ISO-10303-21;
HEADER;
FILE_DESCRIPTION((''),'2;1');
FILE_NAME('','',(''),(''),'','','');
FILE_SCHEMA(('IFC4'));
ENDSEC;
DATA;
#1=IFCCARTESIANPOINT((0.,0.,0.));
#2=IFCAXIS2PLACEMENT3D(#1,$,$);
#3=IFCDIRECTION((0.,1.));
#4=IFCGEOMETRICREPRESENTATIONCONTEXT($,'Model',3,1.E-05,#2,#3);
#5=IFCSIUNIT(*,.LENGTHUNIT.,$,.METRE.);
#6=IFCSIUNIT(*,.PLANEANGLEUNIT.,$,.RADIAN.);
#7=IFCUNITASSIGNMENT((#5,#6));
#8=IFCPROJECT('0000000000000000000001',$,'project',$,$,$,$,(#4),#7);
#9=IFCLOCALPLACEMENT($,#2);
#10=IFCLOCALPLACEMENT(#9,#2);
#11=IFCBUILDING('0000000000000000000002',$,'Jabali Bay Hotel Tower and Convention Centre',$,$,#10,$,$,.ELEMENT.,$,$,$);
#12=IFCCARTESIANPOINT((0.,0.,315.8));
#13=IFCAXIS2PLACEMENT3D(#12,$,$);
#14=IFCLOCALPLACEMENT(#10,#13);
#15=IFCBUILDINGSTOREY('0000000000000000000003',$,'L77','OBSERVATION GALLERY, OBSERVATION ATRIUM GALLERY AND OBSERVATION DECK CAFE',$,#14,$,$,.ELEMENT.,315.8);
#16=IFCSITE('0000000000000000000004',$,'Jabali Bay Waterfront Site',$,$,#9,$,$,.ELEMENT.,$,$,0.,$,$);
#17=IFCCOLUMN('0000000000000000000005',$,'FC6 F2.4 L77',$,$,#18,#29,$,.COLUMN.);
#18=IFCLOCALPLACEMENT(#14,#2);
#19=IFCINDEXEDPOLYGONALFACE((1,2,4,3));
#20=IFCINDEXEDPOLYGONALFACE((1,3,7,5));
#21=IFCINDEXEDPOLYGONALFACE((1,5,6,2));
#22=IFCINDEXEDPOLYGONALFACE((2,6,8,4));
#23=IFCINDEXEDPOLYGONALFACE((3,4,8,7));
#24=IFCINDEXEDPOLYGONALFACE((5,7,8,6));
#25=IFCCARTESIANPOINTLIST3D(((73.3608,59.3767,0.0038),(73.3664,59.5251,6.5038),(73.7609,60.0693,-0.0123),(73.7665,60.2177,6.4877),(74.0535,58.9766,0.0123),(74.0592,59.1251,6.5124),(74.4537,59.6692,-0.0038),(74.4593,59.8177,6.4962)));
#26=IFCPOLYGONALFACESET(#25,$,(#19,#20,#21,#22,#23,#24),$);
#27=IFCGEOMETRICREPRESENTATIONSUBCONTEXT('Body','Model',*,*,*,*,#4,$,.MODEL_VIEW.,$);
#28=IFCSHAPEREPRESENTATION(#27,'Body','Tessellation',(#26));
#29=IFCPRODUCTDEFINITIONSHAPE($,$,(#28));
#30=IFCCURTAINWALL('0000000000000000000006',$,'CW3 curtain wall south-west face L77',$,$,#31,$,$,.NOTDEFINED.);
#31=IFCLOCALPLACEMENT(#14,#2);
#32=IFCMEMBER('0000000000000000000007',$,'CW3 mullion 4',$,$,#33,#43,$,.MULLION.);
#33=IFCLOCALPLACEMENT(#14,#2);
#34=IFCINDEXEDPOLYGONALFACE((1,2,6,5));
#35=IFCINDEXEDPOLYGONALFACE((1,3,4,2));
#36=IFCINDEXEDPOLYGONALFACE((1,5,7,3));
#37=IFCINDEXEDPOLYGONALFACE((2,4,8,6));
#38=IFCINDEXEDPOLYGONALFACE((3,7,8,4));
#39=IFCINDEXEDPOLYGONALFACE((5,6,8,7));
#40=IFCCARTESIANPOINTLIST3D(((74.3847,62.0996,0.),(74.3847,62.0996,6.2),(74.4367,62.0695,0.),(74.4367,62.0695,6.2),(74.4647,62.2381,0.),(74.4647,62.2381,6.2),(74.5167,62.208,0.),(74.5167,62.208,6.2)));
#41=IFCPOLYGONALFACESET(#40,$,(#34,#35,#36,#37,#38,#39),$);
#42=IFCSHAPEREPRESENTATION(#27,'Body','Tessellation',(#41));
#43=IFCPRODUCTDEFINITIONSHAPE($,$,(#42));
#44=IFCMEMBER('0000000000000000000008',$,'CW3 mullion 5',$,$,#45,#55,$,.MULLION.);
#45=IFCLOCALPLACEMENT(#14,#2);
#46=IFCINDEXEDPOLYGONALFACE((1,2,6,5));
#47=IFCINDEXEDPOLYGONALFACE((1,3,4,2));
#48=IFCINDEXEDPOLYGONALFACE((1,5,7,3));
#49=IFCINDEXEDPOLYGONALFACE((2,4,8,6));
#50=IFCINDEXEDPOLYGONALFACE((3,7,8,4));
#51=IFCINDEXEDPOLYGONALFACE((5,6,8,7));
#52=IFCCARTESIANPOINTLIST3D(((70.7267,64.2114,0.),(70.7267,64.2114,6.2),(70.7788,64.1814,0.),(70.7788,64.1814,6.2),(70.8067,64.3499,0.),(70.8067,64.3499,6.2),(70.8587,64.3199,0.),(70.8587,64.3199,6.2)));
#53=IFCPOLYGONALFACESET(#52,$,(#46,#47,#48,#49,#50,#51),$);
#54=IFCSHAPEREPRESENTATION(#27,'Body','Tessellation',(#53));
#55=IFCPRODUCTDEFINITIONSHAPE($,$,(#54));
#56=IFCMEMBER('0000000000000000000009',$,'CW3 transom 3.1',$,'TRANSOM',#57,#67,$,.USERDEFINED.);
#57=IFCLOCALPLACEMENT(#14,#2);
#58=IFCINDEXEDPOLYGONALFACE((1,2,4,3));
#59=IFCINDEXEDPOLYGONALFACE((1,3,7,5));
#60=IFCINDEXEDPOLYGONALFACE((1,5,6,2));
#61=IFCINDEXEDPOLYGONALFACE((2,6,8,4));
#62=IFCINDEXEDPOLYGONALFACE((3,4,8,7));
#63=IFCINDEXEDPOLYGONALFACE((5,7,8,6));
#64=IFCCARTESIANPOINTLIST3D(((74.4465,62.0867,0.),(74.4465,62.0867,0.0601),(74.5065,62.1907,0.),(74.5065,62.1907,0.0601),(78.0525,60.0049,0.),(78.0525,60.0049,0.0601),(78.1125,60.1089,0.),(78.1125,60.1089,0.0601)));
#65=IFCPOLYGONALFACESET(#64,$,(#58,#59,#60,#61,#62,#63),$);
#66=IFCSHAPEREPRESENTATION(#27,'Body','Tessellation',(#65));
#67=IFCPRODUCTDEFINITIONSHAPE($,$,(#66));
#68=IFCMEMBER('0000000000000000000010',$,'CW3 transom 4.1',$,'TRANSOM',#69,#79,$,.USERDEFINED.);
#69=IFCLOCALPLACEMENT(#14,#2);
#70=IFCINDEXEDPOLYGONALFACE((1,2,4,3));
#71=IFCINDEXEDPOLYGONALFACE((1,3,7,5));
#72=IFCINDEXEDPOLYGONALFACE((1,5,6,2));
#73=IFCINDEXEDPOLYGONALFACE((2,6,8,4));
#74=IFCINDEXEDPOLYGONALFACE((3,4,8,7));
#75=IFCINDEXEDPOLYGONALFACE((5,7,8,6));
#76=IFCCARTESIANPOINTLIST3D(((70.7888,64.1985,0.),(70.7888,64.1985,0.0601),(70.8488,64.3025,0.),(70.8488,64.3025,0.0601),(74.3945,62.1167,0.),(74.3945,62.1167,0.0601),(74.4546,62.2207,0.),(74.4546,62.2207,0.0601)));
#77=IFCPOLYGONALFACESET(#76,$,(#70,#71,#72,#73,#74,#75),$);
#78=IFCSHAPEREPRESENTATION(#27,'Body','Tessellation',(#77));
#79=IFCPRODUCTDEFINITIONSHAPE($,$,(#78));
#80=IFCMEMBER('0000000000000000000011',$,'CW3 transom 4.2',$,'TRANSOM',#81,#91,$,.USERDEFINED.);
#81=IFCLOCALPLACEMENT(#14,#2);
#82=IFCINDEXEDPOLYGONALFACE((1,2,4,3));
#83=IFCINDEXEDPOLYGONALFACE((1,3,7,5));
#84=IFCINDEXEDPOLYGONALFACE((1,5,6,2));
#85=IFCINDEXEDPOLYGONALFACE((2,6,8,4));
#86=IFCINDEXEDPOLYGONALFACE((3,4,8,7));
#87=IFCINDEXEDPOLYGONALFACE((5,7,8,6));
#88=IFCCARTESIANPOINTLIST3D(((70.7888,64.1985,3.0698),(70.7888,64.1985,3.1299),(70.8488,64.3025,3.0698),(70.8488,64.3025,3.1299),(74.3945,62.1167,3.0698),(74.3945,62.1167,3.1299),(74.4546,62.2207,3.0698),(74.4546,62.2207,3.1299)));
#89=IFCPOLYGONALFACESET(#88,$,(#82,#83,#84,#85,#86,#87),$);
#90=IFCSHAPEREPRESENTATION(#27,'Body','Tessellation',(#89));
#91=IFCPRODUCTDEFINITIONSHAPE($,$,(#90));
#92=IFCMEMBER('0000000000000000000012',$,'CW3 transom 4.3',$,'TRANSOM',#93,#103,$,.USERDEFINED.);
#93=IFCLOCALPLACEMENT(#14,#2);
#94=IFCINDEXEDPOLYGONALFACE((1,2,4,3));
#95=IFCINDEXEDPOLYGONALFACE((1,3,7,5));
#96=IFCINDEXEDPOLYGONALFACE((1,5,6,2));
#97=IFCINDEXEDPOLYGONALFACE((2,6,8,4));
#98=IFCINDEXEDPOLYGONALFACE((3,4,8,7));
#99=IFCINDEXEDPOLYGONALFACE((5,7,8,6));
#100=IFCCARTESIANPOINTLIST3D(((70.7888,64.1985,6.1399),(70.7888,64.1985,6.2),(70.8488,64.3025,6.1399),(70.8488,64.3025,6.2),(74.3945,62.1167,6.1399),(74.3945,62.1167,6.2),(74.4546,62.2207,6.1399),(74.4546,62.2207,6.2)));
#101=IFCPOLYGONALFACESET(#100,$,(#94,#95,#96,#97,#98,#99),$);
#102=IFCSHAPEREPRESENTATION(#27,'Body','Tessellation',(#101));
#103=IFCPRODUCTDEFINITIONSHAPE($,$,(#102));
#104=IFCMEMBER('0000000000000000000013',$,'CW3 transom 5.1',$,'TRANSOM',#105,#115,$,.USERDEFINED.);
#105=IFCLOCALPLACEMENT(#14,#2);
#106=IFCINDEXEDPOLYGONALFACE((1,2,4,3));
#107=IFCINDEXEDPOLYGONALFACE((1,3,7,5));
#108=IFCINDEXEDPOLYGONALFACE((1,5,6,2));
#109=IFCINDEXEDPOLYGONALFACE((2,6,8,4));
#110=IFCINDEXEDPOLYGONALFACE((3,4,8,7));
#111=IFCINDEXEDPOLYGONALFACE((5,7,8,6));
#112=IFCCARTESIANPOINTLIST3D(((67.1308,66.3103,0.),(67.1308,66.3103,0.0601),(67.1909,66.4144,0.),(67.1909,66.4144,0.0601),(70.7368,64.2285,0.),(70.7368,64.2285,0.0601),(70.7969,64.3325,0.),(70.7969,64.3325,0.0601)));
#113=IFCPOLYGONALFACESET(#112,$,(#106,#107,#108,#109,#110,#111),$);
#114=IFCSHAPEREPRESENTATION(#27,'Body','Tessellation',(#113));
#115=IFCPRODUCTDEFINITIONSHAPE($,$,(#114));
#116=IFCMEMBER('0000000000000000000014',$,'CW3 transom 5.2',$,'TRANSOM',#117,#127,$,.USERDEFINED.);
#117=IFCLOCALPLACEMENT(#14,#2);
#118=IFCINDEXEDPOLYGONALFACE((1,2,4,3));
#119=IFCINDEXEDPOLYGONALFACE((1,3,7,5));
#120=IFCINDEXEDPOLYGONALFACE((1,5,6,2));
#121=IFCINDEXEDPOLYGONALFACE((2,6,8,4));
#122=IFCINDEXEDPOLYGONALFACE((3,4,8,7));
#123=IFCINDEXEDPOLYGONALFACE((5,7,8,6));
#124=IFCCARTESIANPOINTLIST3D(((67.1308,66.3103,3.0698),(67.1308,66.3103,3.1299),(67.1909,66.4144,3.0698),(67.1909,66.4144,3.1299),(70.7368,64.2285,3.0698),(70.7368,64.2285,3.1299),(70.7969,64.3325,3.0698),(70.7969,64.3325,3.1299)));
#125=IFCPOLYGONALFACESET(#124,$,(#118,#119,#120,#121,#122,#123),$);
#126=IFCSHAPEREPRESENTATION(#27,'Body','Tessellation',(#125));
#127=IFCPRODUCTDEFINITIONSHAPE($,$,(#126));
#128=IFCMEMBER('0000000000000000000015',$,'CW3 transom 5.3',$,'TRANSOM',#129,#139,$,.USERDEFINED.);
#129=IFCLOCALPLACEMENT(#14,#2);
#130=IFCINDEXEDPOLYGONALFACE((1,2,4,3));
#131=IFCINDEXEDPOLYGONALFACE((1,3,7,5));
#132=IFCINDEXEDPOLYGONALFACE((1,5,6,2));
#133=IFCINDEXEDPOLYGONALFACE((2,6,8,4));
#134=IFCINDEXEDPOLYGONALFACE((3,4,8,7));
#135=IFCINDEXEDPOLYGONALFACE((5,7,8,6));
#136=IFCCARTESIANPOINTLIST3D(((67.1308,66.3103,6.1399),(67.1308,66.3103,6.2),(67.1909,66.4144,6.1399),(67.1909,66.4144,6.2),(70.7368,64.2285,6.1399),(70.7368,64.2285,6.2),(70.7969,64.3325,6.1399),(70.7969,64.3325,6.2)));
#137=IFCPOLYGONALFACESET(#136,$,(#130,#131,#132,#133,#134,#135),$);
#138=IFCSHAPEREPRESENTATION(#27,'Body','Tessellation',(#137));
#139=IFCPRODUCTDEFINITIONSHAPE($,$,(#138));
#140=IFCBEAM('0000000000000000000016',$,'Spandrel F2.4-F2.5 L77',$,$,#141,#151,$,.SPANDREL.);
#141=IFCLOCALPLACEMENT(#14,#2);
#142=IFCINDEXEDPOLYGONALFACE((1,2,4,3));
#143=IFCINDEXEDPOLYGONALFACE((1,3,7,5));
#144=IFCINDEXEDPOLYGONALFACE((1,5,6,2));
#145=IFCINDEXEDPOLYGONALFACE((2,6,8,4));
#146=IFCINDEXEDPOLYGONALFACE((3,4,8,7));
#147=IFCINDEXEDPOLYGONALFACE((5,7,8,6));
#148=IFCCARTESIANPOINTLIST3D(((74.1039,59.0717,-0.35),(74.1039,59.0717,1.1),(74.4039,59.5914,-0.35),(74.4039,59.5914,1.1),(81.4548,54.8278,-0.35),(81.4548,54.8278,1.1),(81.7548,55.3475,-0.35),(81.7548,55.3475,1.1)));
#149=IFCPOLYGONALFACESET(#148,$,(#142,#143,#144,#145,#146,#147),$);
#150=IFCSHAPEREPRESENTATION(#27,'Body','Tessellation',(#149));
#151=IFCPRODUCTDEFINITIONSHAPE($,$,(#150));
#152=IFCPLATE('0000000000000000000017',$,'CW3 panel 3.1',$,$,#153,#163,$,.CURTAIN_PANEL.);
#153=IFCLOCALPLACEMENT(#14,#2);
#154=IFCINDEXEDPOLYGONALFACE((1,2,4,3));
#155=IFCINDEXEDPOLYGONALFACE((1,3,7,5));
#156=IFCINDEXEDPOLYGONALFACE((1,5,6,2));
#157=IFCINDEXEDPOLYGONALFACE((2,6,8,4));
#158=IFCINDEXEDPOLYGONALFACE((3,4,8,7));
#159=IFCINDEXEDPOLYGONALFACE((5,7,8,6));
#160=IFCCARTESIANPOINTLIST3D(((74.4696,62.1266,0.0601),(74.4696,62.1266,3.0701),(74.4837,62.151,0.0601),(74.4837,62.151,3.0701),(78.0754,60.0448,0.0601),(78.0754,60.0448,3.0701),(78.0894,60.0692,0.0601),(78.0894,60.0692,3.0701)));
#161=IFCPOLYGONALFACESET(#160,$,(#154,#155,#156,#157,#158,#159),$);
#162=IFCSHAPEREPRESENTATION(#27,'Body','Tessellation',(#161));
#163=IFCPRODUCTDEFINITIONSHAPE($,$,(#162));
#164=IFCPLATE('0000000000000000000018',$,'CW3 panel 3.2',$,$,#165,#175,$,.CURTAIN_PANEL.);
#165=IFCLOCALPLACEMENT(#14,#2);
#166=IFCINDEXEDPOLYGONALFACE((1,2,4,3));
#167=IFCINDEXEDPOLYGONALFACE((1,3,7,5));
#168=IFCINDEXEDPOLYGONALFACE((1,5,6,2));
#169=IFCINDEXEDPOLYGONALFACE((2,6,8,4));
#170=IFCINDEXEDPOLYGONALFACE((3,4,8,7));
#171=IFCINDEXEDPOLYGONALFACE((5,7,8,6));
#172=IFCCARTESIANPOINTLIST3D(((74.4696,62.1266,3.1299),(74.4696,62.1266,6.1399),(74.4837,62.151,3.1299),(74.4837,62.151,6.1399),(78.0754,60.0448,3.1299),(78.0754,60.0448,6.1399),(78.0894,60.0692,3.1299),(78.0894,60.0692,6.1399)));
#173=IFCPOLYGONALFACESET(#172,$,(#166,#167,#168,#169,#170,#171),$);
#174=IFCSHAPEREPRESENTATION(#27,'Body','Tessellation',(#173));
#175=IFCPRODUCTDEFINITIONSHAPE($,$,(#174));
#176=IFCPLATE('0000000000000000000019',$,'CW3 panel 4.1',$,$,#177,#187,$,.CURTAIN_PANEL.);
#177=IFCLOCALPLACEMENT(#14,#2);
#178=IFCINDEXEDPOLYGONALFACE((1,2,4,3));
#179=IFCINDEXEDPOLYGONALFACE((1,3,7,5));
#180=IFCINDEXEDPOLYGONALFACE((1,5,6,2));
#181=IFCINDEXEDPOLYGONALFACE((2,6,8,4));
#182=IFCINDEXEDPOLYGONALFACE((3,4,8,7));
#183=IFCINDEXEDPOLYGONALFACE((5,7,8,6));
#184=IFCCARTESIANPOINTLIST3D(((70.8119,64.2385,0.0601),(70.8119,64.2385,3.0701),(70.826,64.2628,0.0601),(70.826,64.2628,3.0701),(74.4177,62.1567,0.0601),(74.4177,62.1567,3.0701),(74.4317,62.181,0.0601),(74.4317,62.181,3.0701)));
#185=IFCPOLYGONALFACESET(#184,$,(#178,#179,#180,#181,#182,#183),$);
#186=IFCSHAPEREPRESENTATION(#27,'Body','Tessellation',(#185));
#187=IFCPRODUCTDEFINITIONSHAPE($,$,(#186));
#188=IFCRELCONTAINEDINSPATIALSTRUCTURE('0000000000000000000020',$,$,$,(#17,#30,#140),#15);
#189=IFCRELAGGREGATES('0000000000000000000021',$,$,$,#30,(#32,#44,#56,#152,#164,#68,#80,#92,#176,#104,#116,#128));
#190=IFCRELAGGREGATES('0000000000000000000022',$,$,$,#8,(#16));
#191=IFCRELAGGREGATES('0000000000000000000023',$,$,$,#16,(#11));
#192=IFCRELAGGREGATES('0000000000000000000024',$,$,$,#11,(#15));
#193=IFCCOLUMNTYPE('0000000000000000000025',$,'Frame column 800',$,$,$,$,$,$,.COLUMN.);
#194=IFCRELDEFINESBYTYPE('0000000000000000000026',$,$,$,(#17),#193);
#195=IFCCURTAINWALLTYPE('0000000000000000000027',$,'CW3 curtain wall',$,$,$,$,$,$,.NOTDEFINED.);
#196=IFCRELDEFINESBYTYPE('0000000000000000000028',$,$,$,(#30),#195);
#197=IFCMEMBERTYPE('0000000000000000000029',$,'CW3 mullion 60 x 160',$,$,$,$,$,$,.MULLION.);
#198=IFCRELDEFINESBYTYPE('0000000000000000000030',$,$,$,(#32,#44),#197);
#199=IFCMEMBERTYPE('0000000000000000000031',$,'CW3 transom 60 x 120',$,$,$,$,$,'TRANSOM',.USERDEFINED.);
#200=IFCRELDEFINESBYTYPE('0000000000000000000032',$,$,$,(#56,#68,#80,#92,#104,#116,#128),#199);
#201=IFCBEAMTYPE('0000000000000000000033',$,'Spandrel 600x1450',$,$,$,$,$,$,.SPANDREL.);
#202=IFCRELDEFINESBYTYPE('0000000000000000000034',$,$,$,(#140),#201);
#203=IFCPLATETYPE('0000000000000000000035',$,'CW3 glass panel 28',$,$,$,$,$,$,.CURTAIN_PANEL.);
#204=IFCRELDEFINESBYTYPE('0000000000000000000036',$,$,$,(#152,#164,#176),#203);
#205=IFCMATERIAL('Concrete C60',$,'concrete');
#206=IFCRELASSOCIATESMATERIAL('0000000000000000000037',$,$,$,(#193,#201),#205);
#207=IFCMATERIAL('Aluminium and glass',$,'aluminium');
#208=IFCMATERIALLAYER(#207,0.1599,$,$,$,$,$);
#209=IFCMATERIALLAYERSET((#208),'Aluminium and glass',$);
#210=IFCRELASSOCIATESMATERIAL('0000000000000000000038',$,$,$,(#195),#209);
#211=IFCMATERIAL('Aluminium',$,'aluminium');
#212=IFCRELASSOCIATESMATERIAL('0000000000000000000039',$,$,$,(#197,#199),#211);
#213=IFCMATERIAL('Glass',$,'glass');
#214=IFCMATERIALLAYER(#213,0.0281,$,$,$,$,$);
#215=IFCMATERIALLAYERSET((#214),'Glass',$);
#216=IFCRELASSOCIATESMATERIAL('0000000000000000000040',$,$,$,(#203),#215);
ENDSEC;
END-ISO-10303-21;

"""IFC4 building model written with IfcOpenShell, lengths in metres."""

from ifc_helpers import new_model, si_unit, direction, frame, origin, origin_2d, place, context, subcontext, project, spatial, rectangle, extrude, material, layer, layer_set, material_profile, profile_set, type_object, element, aggregate, save


model = new_model("IFC4")

# Units and contexts
model_context = context("Model", 3, precision=1e-05, world=origin(), true_north=direction((0.0, 1.0)))
body_context = subcontext(model_context, "Body", "Model", "MODEL_VIEW")
ifc_project = project(units=[si_unit("LENGTHUNIT", "METRE"), si_unit("PLANEANGLEUNIT", "RADIAN")], contexts=[model_context])

# Site, building, storey
site_placement = place(None, origin())
site = spatial("IfcSite", under=ifc_project, at=site_placement, Name="Jabali Bay Waterfront Site", CompositionType="ELEMENT", RefElevation=0.0)
building_placement = place(site_placement, origin())
building = spatial("IfcBuilding", under=site, at=building_placement, Name="Jabali Bay Hotel Tower and Convention Centre", CompositionType="ELEMENT")
storey_placement = place(building_placement, frame((0.0, 0.0, 315.8)))
storey = spatial("IfcBuildingStorey", under=building, at=storey_placement, Name="L77", Description="OBSERVATION GALLERY, OBSERVATION ATRIUM GALLERY AND OBSERVATION DECK CAFE", CompositionType="ELEMENT", Elevation=315.8)

# Column
ifc_material_1 = material(Name="Concrete C60", Category="concrete")
ifc_material_profile_1 = material_profile(ifc_material_1, rectangle(XDim=0.8, YDim=0.8, at=origin_2d()), Name="Frame column 800")
ifc_profile_set_1 = profile_set([ifc_material_profile_1], Name="Concrete C60")
column_type = type_object("IfcColumnType", Name="Frame column 800", PredefinedType="COLUMN", material=ifc_profile_set_1)
column_placement = place(storey_placement, frame((73.9072, 59.5229, 0.0), z_axis=(0.000864, 0.022831, 0.999739), x_axis=(-0.500168, -0.865693, 0.020202)))
element("IfcColumn", 1, at=column_placement, inside=storey, type_object=column_type, Name="FC6 F2.4 L77", PredefinedType="COLUMN", context=body_context, shape_type="SweptSolid", body=[
    extrude(rectangle(XDim=0.8, YDim=0.8, at=origin_2d()), origin(), (0.0, 0.0, 1.0), 6.5017),
])

# Curtain wall, members
ifc_material_2 = material(Name="Aluminium and glass", Category="aluminium")
ifc_layer_1 = layer(ifc_material_2, 0.1599)
ifc_layer_set_1 = layer_set([ifc_layer_1], Name="Aluminium and glass")
curtain_wall_type = type_object("IfcCurtainWallType", Name="CW3 curtain wall", PredefinedType="NOTDEFINED", material=ifc_layer_set_1)
curtain_wall_placement = place(storey_placement, origin())
curtain_wall = element("IfcCurtainWall", 2, at=curtain_wall_placement, inside=storey, type_object=curtain_wall_type, Name="CW3 curtain wall south-west face L77", PredefinedType="NOTDEFINED")
ifc_material_3 = material(Name="Aluminium", Category="aluminium")
ifc_material_profile_2 = material_profile(ifc_material_3, rectangle(XDim=0.1599, YDim=0.0601, at=origin_2d()), Name="CW3 mullion 60 x 160")
ifc_profile_set_2 = profile_set([ifc_material_profile_2], Name="Aluminium")
member_type_1 = type_object("IfcMemberType", Name="CW3 mullion 60 x 160", PredefinedType="MULLION", material=ifc_profile_set_2)
member_1_placement = place(storey_placement, frame((74.4507, 62.1538, 0.0), z_axis=(0.0, 0.0, 1.0), x_axis=(-0.5, -0.866025, 0.0)))
member_1 = element("IfcMember", 3, at=member_1_placement, type_object=member_type_1, Name="CW3 mullion 4", PredefinedType="MULLION", context=body_context, shape_type="SweptSolid", body=[
    extrude(rectangle(XDim=0.1599, YDim=0.0601, at=origin_2d()), origin(), (0.0, 0.0, 1.0), 6.2),
])
member_2_placement = place(storey_placement, frame((70.7927, 64.2656, 0.0), z_axis=(0.0, 0.0, 1.0), x_axis=(-0.5, -0.866025, 0.0)))
member_2 = element("IfcMember", 4, at=member_2_placement, type_object=member_type_1, Name="CW3 mullion 5", PredefinedType="MULLION", context=body_context, shape_type="SweptSolid", body=[
    extrude(rectangle(XDim=0.1599, YDim=0.0601, at=origin_2d()), origin(), (0.0, 0.0, 1.0), 6.2),
])
ifc_material_profile_3 = material_profile(ifc_material_3, rectangle(XDim=0.1201, YDim=0.0601, at=origin_2d()), Name="CW3 transom 60 x 120")
ifc_profile_set_3 = profile_set([ifc_material_profile_3], Name="Aluminium")
member_type_2 = type_object("IfcMemberType", Name="CW3 transom 60 x 120", ElementType="TRANSOM", PredefinedType="USERDEFINED", material=ifc_profile_set_3)
member_3_placement = place(storey_placement, frame((78.0825, 60.0569, 0.03), z_axis=(-0.866037, 0.49998, 0.0), x_axis=(-0.49998, -0.866037, 0.0)))
member_3 = element("IfcMember", 5, at=member_3_placement, type_object=member_type_2, Name="CW3 transom 3.1", ObjectType="TRANSOM", PredefinedType="USERDEFINED", context=body_context, shape_type="SweptSolid", body=[
    extrude(rectangle(XDim=0.1201, YDim=0.0601, at=origin_2d()), origin(), (0.0, 0.0, 1.0), 4.1638),
])
member_4_placement = place(storey_placement, frame((74.4246, 62.1687, 0.03), z_axis=(-0.866023, 0.500005, 0.0), x_axis=(-0.500005, -0.866023, 0.0)))
member_4 = element("IfcMember", 6, at=member_4_placement, type_object=member_type_2, Name="CW3 transom 4.1", ObjectType="TRANSOM", PredefinedType="USERDEFINED", context=body_context, shape_type="SweptSolid", body=[
    extrude(rectangle(XDim=0.1201, YDim=0.0601, at=origin_2d()), origin(), (0.0, 0.0, 1.0), 4.1636),
])
member_5_placement = place(storey_placement, frame((74.4246, 62.1687, 3.0999), z_axis=(-0.866023, 0.500005, 0.0), x_axis=(-0.500005, -0.866023, 0.0)))
member_5 = element("IfcMember", 7, at=member_5_placement, type_object=member_type_2, Name="CW3 transom 4.2", ObjectType="TRANSOM", PredefinedType="USERDEFINED", context=body_context, shape_type="SweptSolid", body=[
    extrude(rectangle(XDim=0.1201, YDim=0.0601, at=origin_2d()), origin(), (0.0, 0.0, 1.0), 4.1636),
])
member_6_placement = place(storey_placement, frame((74.4246, 62.1687, 6.1699), z_axis=(-0.866023, 0.500005, 0.0), x_axis=(-0.500005, -0.866023, 0.0)))
member_6 = element("IfcMember", 8, at=member_6_placement, type_object=member_type_2, Name="CW3 transom 4.3", ObjectType="TRANSOM", PredefinedType="USERDEFINED", context=body_context, shape_type="SweptSolid", body=[
    extrude(rectangle(XDim=0.1201, YDim=0.0601, at=origin_2d()), origin(), (0.0, 0.0, 1.0), 4.1636),
])
member_7_placement = place(storey_placement, frame((70.7668, 64.2805, 0.03), z_axis=(-0.866037, 0.49998, 0.0), x_axis=(-0.49998, -0.866037, 0.0)))
member_7 = element("IfcMember", 9, at=member_7_placement, type_object=member_type_2, Name="CW3 transom 5.1", ObjectType="TRANSOM", PredefinedType="USERDEFINED", context=body_context, shape_type="SweptSolid", body=[
    extrude(rectangle(XDim=0.1201, YDim=0.0601, at=origin_2d()), origin(), (0.0, 0.0, 1.0), 4.1638),
])
member_8_placement = place(storey_placement, frame((70.7668, 64.2805, 3.0999), z_axis=(-0.866037, 0.49998, 0.0), x_axis=(-0.49998, -0.866037, 0.0)))
member_8 = element("IfcMember", 10, at=member_8_placement, type_object=member_type_2, Name="CW3 transom 5.2", ObjectType="TRANSOM", PredefinedType="USERDEFINED", context=body_context, shape_type="SweptSolid", body=[
    extrude(rectangle(XDim=0.1201, YDim=0.0601, at=origin_2d()), origin(), (0.0, 0.0, 1.0), 4.1638),
])
member_9_placement = place(storey_placement, frame((70.7668, 64.2805, 6.1699), z_axis=(-0.866037, 0.49998, 0.0), x_axis=(-0.49998, -0.866037, 0.0)))
member_9 = element("IfcMember", 11, at=member_9_placement, type_object=member_type_2, Name="CW3 transom 5.3", ObjectType="TRANSOM", PredefinedType="USERDEFINED", context=body_context, shape_type="SweptSolid", body=[
    extrude(rectangle(XDim=0.1201, YDim=0.0601, at=origin_2d()), origin(), (0.0, 0.0, 1.0), 4.1638),
])

# Beam
ifc_material_profile_4 = material_profile(ifc_material_1, rectangle(XDim=0.6001, YDim=1.45, at=origin_2d()), Name="Spandrel 600x1450")
ifc_profile_set_4 = profile_set([ifc_material_profile_4], Name="Concrete C60")
beam_type = type_object("IfcBeamType", Name="Spandrel 600x1450", PredefinedType="SPANDREL", material=ifc_profile_set_4)
beam_placement = place(storey_placement, frame((74.2539, 59.3315, 0.375), z_axis=(0.866031, -0.499991, 0.0), x_axis=(0.499991, 0.866031, 0.0)))
element("IfcBeam", 12, at=beam_placement, inside=storey, type_object=beam_type, Name="Spandrel F2.4-F2.5 L77", PredefinedType="SPANDREL", context=body_context, shape_type="SweptSolid", body=[
    extrude(rectangle(XDim=0.6001, YDim=1.45, at=origin_2d()), origin(), (0.0, 0.0, 1.0), 8.488),
])

# Plates
ifc_material_4 = material(Name="Glass", Category="glass")
ifc_layer_2 = layer(ifc_material_4, 0.0281)
ifc_layer_set_2 = layer_set([ifc_layer_2], Name="Glass")
plate_type = type_object("IfcPlateType", Name="CW3 glass panel 28", PredefinedType="CURTAIN_PANEL", material=ifc_layer_set_2)
plate_1_placement = place(storey_placement, frame((76.2795, 61.0979, 0.0601), z_axis=(0.0, 0.0, 1.0), x_axis=(-0.866025, 0.5, 0.0)))
plate_1 = element("IfcPlate", 13, at=plate_1_placement, type_object=plate_type, Name="CW3 panel 3.1", PredefinedType="CURTAIN_PANEL", context=body_context, shape_type="SweptSolid", body=[
    extrude(rectangle(XDim=4.1636, YDim=0.0281, at=origin_2d()), origin(), (0.0, 0.0, 1.0), 3.01),
])
plate_2_placement = place(storey_placement, frame((76.2795, 61.0979, 3.1299), z_axis=(0.0, 0.0, 1.0), x_axis=(-0.866025, 0.5, 0.0)))
plate_2 = element("IfcPlate", 14, at=plate_2_placement, type_object=plate_type, Name="CW3 panel 3.2", PredefinedType="CURTAIN_PANEL", context=body_context, shape_type="SweptSolid", body=[
    extrude(rectangle(XDim=4.1636, YDim=0.0281, at=origin_2d()), origin(), (0.0, 0.0, 1.0), 3.01),
])
plate_3_placement = place(storey_placement, frame((72.6218, 63.2097, 0.0601), z_axis=(0.0, 0.0, 1.0), x_axis=(-0.866025, 0.5, 0.0)))
plate_3 = element("IfcPlate", 15, at=plate_3_placement, type_object=plate_type, Name="CW3 panel 4.1", PredefinedType="CURTAIN_PANEL", context=body_context, shape_type="SweptSolid", body=[
    extrude(rectangle(XDim=4.1636, YDim=0.0281, at=origin_2d()), origin(), (0.0, 0.0, 1.0), 3.01),
])
aggregate(curtain_wall, [member_1, member_2, member_3, plate_1, plate_2, member_4, member_5, member_6, plate_3, member_7, member_8, member_9])

save(model, "model.ifc")
